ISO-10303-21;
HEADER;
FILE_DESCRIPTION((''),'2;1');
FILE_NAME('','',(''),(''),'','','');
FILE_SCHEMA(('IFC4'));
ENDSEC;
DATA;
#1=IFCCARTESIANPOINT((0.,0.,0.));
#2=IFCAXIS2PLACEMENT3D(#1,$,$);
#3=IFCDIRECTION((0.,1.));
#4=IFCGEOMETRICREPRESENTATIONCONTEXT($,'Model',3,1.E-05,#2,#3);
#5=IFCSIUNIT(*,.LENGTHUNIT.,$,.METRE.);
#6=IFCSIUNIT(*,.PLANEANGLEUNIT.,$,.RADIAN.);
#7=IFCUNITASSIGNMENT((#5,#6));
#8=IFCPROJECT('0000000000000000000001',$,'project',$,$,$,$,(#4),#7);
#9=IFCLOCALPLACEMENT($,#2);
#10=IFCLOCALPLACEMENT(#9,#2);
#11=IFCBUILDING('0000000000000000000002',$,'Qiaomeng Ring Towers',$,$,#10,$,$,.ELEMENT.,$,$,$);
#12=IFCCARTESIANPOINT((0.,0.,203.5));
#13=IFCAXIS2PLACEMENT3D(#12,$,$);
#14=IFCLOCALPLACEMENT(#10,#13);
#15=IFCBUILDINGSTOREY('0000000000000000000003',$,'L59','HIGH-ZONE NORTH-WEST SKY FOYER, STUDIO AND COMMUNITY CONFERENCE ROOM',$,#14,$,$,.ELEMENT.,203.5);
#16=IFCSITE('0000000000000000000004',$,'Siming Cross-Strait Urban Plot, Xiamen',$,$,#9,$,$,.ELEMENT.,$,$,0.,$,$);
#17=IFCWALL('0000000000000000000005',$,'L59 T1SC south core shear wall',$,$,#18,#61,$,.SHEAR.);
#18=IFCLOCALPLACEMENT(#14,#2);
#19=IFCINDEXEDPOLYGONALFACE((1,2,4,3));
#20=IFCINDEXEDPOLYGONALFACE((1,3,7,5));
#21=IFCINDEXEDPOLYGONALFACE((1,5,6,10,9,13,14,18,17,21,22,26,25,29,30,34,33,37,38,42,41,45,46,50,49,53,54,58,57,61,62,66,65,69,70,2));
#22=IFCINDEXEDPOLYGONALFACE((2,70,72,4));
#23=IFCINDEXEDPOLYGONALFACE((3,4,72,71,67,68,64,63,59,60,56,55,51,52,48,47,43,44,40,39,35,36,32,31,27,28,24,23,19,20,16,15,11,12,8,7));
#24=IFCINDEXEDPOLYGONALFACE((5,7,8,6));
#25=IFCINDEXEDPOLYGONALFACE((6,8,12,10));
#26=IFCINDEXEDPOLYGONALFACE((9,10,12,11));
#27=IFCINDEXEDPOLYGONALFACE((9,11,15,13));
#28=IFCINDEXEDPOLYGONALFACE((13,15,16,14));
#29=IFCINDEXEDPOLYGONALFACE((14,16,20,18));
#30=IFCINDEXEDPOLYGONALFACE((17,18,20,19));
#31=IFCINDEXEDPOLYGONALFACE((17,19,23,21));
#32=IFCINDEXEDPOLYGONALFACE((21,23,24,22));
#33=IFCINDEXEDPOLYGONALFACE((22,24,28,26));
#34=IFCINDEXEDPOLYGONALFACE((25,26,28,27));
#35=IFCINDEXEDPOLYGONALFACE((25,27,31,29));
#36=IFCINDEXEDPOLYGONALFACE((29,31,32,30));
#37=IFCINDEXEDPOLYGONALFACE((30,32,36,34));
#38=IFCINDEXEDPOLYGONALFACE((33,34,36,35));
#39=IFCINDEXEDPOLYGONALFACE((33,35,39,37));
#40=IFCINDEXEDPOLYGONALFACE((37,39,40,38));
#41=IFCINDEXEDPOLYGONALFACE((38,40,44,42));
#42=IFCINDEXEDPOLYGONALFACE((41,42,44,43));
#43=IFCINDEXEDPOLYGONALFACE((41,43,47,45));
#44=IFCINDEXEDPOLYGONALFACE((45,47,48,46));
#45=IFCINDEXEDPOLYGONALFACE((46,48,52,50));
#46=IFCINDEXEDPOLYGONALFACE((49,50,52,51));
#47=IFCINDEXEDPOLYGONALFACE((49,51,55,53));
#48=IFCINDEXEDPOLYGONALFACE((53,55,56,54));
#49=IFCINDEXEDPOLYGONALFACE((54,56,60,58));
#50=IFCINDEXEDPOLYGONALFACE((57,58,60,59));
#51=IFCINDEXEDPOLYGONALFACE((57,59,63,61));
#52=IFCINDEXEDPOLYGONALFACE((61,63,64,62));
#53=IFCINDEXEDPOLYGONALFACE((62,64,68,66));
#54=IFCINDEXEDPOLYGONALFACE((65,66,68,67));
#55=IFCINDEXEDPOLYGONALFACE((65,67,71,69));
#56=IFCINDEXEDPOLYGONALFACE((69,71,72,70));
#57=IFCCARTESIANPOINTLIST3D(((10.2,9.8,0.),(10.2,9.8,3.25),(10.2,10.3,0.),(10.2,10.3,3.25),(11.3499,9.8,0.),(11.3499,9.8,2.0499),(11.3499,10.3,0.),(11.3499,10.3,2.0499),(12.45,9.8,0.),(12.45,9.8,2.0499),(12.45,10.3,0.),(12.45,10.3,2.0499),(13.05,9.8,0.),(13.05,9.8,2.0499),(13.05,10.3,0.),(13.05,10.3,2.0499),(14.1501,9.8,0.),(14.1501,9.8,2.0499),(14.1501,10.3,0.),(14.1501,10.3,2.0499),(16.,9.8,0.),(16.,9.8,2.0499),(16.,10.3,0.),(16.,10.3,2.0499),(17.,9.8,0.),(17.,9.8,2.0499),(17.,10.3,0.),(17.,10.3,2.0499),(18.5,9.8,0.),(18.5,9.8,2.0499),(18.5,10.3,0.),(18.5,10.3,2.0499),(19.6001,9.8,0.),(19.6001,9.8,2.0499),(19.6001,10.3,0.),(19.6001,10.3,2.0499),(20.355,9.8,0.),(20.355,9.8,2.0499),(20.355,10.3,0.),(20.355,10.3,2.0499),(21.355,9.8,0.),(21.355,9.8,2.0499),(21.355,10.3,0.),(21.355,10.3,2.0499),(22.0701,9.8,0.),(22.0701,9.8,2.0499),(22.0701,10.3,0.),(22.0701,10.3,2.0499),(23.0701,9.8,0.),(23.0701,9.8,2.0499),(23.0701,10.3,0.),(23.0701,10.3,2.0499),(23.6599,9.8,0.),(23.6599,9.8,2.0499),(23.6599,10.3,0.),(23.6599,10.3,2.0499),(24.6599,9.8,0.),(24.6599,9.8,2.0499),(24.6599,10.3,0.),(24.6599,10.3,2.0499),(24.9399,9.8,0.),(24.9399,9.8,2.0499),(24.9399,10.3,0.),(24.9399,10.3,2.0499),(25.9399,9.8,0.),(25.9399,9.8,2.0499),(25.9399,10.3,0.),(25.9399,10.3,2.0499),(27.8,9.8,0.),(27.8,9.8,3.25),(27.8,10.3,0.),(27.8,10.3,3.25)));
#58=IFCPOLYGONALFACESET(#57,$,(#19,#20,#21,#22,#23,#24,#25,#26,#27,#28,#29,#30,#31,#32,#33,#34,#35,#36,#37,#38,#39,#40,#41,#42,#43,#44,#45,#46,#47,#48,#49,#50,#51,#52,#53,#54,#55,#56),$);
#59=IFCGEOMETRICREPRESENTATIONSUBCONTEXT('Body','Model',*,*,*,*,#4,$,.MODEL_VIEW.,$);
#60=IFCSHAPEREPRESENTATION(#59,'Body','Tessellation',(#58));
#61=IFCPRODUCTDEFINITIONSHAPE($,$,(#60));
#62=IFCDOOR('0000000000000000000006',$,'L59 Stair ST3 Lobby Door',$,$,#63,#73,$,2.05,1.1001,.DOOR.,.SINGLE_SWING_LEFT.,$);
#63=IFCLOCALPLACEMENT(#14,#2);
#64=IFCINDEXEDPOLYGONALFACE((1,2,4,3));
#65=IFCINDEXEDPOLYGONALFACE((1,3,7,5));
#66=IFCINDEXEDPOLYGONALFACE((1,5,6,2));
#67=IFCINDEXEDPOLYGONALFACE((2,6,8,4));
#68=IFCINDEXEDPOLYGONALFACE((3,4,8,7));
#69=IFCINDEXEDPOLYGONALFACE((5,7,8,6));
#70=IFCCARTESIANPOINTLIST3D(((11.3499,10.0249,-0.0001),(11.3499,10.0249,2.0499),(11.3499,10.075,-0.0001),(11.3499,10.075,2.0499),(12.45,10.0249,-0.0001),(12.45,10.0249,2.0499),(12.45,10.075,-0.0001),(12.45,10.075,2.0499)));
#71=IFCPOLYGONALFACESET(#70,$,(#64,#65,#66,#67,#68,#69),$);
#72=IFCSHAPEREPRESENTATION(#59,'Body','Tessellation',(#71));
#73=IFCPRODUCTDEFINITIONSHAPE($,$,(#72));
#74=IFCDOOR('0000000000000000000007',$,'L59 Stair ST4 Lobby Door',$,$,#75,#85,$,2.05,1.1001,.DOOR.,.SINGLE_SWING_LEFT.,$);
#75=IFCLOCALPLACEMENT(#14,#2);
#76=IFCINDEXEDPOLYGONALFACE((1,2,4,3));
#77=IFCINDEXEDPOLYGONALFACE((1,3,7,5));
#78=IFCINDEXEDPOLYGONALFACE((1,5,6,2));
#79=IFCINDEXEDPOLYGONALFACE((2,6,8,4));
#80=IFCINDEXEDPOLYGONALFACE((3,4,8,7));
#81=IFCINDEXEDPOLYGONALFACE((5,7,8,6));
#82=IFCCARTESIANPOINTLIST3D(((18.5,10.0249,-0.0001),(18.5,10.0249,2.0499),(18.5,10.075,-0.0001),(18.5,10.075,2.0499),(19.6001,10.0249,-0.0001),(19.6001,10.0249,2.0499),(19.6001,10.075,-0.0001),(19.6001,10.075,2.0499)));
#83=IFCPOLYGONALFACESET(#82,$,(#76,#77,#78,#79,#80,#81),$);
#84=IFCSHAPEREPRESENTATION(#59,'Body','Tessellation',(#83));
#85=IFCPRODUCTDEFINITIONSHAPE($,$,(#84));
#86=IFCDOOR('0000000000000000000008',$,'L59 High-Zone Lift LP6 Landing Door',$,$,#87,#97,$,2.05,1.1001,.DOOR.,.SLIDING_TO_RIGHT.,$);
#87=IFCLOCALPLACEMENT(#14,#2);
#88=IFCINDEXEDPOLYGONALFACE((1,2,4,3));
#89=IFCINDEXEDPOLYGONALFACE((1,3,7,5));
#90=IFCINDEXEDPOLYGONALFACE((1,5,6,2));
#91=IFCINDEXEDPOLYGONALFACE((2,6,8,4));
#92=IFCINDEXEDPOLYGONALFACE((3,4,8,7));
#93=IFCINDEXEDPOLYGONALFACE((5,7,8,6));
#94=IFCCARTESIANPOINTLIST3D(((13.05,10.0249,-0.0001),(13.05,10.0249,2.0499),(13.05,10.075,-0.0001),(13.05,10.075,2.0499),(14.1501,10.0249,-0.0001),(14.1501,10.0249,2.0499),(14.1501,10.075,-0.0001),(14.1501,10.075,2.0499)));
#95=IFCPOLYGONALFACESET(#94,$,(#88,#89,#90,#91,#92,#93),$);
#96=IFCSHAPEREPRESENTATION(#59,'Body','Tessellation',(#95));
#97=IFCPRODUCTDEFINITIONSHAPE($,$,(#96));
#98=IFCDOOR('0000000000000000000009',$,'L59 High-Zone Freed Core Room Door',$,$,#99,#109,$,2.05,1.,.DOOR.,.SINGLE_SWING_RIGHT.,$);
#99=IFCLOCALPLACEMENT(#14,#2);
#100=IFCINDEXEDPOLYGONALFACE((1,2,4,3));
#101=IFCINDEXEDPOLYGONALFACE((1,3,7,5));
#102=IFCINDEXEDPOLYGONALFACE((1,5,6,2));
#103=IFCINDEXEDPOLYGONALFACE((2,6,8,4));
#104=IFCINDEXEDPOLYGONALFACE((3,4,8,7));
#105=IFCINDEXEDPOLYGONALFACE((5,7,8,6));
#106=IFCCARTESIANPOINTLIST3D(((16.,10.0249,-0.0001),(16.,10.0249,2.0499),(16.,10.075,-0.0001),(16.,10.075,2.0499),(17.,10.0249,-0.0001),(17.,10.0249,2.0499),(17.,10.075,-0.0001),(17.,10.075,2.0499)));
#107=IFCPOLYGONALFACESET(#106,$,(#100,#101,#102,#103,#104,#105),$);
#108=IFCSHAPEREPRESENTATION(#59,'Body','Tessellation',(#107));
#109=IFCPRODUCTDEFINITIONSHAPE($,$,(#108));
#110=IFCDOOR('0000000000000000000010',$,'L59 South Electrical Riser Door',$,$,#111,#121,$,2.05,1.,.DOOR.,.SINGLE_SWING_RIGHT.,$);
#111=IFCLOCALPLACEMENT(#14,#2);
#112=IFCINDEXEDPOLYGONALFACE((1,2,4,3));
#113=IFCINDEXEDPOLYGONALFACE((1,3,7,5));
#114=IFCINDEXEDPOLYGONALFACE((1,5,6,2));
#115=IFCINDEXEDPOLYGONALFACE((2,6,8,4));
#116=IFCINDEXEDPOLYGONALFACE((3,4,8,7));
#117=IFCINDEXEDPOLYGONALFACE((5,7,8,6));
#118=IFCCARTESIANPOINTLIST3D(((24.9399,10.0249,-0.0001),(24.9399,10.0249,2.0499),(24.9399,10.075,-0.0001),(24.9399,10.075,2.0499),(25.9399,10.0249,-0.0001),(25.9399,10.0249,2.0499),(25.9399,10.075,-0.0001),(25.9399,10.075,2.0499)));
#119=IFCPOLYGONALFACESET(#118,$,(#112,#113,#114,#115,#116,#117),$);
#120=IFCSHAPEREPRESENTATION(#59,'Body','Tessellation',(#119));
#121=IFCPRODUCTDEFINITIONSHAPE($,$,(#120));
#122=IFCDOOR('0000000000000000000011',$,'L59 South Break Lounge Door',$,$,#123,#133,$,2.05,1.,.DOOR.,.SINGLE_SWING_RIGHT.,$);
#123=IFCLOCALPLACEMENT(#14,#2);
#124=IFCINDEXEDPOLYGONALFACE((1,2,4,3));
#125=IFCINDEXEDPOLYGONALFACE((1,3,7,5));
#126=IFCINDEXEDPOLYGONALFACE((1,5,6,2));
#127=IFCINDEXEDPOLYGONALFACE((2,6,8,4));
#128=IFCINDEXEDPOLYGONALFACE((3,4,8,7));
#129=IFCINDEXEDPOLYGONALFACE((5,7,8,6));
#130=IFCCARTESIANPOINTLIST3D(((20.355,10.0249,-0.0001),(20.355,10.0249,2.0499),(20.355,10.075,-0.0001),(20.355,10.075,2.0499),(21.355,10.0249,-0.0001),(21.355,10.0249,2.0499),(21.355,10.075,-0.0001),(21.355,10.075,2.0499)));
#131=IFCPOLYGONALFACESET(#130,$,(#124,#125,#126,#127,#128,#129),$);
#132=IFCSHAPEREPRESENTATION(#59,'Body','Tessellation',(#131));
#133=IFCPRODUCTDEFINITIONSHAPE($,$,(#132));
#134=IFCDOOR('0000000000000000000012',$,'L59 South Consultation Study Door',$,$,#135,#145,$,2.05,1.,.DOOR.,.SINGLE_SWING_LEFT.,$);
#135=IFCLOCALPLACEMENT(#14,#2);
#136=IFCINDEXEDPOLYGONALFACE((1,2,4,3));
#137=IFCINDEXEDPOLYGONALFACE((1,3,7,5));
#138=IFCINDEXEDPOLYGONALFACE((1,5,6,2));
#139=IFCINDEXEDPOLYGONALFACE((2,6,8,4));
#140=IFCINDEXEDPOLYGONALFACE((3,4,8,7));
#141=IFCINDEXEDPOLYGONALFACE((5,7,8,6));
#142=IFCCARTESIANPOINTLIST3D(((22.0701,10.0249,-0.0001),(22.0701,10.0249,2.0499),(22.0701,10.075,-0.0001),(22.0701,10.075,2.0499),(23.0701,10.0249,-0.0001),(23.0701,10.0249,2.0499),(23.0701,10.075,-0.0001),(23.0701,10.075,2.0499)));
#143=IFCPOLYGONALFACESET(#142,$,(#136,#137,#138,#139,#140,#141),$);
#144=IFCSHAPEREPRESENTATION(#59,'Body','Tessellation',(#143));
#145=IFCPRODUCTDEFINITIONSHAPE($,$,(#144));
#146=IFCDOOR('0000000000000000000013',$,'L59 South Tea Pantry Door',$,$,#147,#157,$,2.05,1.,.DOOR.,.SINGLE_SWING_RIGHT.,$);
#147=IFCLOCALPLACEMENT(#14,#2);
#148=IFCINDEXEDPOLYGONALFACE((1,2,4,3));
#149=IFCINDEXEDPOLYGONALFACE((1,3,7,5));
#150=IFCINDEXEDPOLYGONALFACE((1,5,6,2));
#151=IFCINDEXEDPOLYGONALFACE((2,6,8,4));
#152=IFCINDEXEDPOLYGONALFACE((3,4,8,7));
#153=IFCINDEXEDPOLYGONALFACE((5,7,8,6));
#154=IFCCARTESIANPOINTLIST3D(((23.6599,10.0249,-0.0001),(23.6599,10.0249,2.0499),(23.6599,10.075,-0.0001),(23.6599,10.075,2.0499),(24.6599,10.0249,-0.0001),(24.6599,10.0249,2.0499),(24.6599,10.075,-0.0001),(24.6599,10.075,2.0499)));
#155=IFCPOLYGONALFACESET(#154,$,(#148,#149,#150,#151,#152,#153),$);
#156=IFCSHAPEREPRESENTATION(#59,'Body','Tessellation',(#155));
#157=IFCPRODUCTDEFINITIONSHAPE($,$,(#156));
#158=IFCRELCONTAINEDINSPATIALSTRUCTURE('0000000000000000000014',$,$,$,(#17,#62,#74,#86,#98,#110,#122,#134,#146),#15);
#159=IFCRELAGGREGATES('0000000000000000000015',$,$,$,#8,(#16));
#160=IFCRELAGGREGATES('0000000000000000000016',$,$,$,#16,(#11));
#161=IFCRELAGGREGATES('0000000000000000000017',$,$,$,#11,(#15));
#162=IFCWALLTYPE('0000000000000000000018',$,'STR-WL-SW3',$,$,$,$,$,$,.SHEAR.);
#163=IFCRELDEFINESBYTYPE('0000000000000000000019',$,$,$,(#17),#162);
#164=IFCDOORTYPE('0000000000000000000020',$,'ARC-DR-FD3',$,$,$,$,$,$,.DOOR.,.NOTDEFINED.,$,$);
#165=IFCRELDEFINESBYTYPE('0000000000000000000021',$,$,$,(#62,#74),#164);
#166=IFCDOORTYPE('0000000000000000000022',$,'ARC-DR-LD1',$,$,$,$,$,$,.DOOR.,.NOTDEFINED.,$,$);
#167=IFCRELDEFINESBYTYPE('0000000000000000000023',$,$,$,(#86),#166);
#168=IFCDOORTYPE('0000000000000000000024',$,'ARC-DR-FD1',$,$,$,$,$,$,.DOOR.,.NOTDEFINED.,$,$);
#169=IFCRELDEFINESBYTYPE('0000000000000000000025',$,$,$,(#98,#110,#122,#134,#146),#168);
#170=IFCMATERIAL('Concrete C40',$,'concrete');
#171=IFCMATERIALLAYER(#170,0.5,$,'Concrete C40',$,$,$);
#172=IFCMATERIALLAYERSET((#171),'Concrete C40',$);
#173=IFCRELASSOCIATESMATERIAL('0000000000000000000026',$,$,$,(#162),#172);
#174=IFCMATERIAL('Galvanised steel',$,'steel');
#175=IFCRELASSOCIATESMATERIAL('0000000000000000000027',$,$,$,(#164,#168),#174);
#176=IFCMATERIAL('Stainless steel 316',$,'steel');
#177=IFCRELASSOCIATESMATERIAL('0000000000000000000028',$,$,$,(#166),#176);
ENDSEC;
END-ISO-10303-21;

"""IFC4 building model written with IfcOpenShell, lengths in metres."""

from ifc_helpers import new_model, si_unit, direction, frame, frame_2d, origin, place, context, subcontext, project, spatial, rectangle, extrude, source, transform, mapped, material, layer, layer_set, type_object, element, fill, save


model = new_model("IFC4")

# Units and contexts
model_context = context("Model", 3, precision=1e-05, world=origin(), true_north=direction((0.0, 1.0)))
body_context = subcontext(model_context, "Body", "Model", "MODEL_VIEW")
ifc_project = project(units=[si_unit("LENGTHUNIT", "METRE"), si_unit("PLANEANGLEUNIT", "RADIAN")], contexts=[model_context])

# Site, building, storey
site_placement = place(None, origin())
site = spatial("IfcSite", under=ifc_project, at=site_placement, Name="Siming Cross-Strait Urban Plot, Xiamen", CompositionType="ELEMENT", RefElevation=0.0)
building_placement = place(site_placement, origin())
building = spatial("IfcBuilding", under=site, at=building_placement, Name="Qiaomeng Ring Towers", CompositionType="ELEMENT")
storey_placement = place(building_placement, frame((0.0, 0.0, 203.5)))
storey = spatial("IfcBuildingStorey", under=building, at=storey_placement, Name="L59", Description="HIGH-ZONE NORTH-WEST SKY FOYER, STUDIO AND COMMUNITY CONFERENCE ROOM", CompositionType="ELEMENT", Elevation=203.5)

# Shared definitions
shared_shape_1 = source(origin(), body_context, "Body", "SweptSolid", [
    extrude(rectangle(XDim=1.0, YDim=2.05, at=frame_2d((0.5, 1.0249))), frame((0.0, 0.0249, 0.0), z_axis=(0.0, -1.0, 0.0), x_axis=(1.0, 0.0, 0.0)), (0.0, 0.0, 1.0), 0.05),
])

# Shared definitions
ifc_material_1 = material(Name="Concrete C40", Category="concrete")

# Wall, openings, doors
ifc_layer_1 = layer(ifc_material_1, 0.5, Name="Concrete C40")
ifc_layer_set_1 = layer_set([ifc_layer_1], Name="Concrete C40")
wall_type_1 = type_object("IfcWallType", Name="STR-WL-SW3", PredefinedType="SHEAR", material=ifc_layer_set_1)
wall_1_placement = place(storey_placement, frame((10.2, 10.05, 0.0), z_axis=(0.0, 0.0, 1.0), x_axis=(1.0, 0.0, 0.0)))
wall_1 = element("IfcWall", 1, at=wall_1_placement, inside=storey, type_object=wall_type_1, Name="L59 T1SC south core shear wall", PredefinedType="SHEAR", context=body_context, shape_type="SweptSolid", body=[
    extrude(rectangle(XDim=17.6001, YDim=0.5, at=frame_2d((8.8, 0.0))), origin(), (0.0, 0.0, 1.0), 3.25),
])
opening_1_placement = place(wall_1_placement, frame((1.1499, 0.0, 0.0)))
opening_1 = element("IfcOpeningElement", 2, at=opening_1_placement, cuts=wall_1, PredefinedType="OPENING", context=body_context, shape_type="SweptSolid", body=[
    extrude(rectangle(XDim=1.1001, YDim=2.05, at=frame_2d((0.55, 1.0249))), frame((0.0, 0.26, 0.0), z_axis=(0.0, -1.0, 0.0), x_axis=(1.0, 0.0, 0.0)), (0.0, 0.0, 1.0), 0.52),
])
opening_2_placement = place(wall_1_placement, frame((8.3, 0.0, 0.0)))
opening_2 = element("IfcOpeningElement", 3, at=opening_2_placement, cuts=wall_1, PredefinedType="OPENING", context=body_context, shape_type="SweptSolid", body=[
    extrude(rectangle(XDim=1.1001, YDim=2.05, at=frame_2d((0.55, 1.0249))), frame((0.0, 0.26, 0.0), z_axis=(0.0, -1.0, 0.0), x_axis=(1.0, 0.0, 0.0)), (0.0, 0.0, 1.0), 0.52),
])
opening_3_placement = place(wall_1_placement, frame((2.8501, 0.0, 0.0)))
opening_3 = element("IfcOpeningElement", 4, at=opening_3_placement, cuts=wall_1, PredefinedType="OPENING", context=body_context, shape_type="SweptSolid", body=[
    extrude(rectangle(XDim=1.1001, YDim=2.05, at=frame_2d((0.55, 1.0249))), frame((0.0, 0.26, 0.0), z_axis=(0.0, -1.0, 0.0), x_axis=(1.0, 0.0, 0.0)), (0.0, 0.0, 1.0), 0.52),
])
opening_4_placement = place(wall_1_placement, frame((5.8, 0.0, 0.0)))
opening_4 = element("IfcOpeningElement", 5, at=opening_4_placement, cuts=wall_1, PredefinedType="OPENING", context=body_context, shape_type="SweptSolid", body=[
    extrude(rectangle(XDim=1.0, YDim=2.05, at=frame_2d((0.5, 1.0249))), frame((0.0, 0.26, 0.0), z_axis=(0.0, -1.0, 0.0), x_axis=(1.0, 0.0, 0.0)), (0.0, 0.0, 1.0), 0.52),
])
opening_5_placement = place(wall_1_placement, frame((14.74, 0.0, 0.0)))
opening_5 = element("IfcOpeningElement", 6, at=opening_5_placement, cuts=wall_1, PredefinedType="OPENING", context=body_context, shape_type="SweptSolid", body=[
    extrude(rectangle(XDim=1.0, YDim=2.05, at=frame_2d((0.5, 1.0249))), frame((0.0, 0.26, 0.0), z_axis=(0.0, -1.0, 0.0), x_axis=(1.0, 0.0, 0.0)), (0.0, 0.0, 1.0), 0.52),
])
opening_6_placement = place(wall_1_placement, frame((10.155, 0.0, 0.0)))
opening_6 = element("IfcOpeningElement", 7, at=opening_6_placement, cuts=wall_1, PredefinedType="OPENING", context=body_context, shape_type="SweptSolid", body=[
    extrude(rectangle(XDim=1.0, YDim=2.05, at=frame_2d((0.5, 1.0249))), frame((0.0, 0.26, 0.0), z_axis=(0.0, -1.0, 0.0), x_axis=(1.0, 0.0, 0.0)), (0.0, 0.0, 1.0), 0.52),
])
opening_7_placement = place(wall_1_placement, frame((11.8701, 0.0, 0.0)))
opening_7 = element("IfcOpeningElement", 8, at=opening_7_placement, cuts=wall_1, PredefinedType="OPENING", context=body_context, shape_type="SweptSolid", body=[
    extrude(rectangle(XDim=1.0, YDim=2.05, at=frame_2d((0.5, 1.0249))), frame((0.0, 0.26, 0.0), z_axis=(0.0, -1.0, 0.0), x_axis=(1.0, 0.0, 0.0)), (0.0, 0.0, 1.0), 0.52),
])
opening_8_placement = place(wall_1_placement, frame((13.46, 0.0, 0.0)))
opening_8 = element("IfcOpeningElement", 9, at=opening_8_placement, cuts=wall_1, PredefinedType="OPENING", context=body_context, shape_type="SweptSolid", body=[
    extrude(rectangle(XDim=1.0, YDim=2.05, at=frame_2d((0.5, 1.0249))), frame((0.0, 0.26, 0.0), z_axis=(0.0, -1.0, 0.0), x_axis=(1.0, 0.0, 0.0)), (0.0, 0.0, 1.0), 0.52),
])
ifc_material_2 = material(Name="Galvanised steel", Category="steel")
door_type_1 = type_object("IfcDoorType", Name="ARC-DR-FD3", OperationType="NOTDEFINED", PredefinedType="DOOR", material=ifc_material_2)
shared_shape_2 = source(origin(), body_context, "Body", "SweptSolid", [
    extrude(rectangle(XDim=1.1001, YDim=2.05, at=frame_2d((0.55, 1.0249))), frame((0.0, 0.0249, 0.0), z_axis=(0.0, -1.0, 0.0), x_axis=(1.0, 0.0, 0.0)), (0.0, 0.0, 1.0), 0.05),
])
door_1_placement = place(opening_1_placement, origin())
door_1 = element("IfcDoor", 10, at=door_1_placement, inside=storey, type_object=door_type_1, Name="L59 Stair ST3 Lobby Door", OperationType="SINGLE_SWING_LEFT", OverallHeight=2.05, OverallWidth=1.1001, PredefinedType="DOOR", context=body_context, shape_type="MappedRepresentation", body=[
    mapped(shared_shape_2, transform((0.0, 0.0, 0.0), x_axis=(1.0, 0.0, 0.0), y_axis=(0.0, 1.0, 0.0), z_axis=(0.0, 0.0, 1.0), scale=1.0)),
])
fill(opening_1, door_1)
door_2_placement = place(opening_2_placement, origin())
door_2 = element("IfcDoor", 11, at=door_2_placement, inside=storey, type_object=door_type_1, Name="L59 Stair ST4 Lobby Door", OperationType="SINGLE_SWING_LEFT", OverallHeight=2.05, OverallWidth=1.1001, PredefinedType="DOOR", context=body_context, shape_type="MappedRepresentation", body=[
    mapped(shared_shape_2, transform((0.0, 0.0, 0.0), x_axis=(1.0, 0.0, 0.0), y_axis=(0.0, 1.0, 0.0), z_axis=(0.0, 0.0, 1.0), scale=1.0)),
])
fill(opening_2, door_2)
ifc_material_3 = material(Name="Stainless steel 316", Category="steel")
door_type_2 = type_object("IfcDoorType", Name="ARC-DR-LD1", OperationType="NOTDEFINED", PredefinedType="DOOR", material=ifc_material_3)
door_3_placement = place(opening_3_placement, origin())
door_3 = element("IfcDoor", 12, at=door_3_placement, inside=storey, type_object=door_type_2, Name="L59 High-Zone Lift LP6 Landing Door", OperationType="SLIDING_TO_RIGHT", OverallHeight=2.05, OverallWidth=1.1001, PredefinedType="DOOR", context=body_context, shape_type="MappedRepresentation", body=[
    mapped(shared_shape_2, transform((0.0, 0.0, 0.0), x_axis=(1.0, 0.0, 0.0), y_axis=(0.0, 1.0, 0.0), z_axis=(0.0, 0.0, 1.0), scale=1.0)),
])
fill(opening_3, door_3)
door_type_3 = type_object("IfcDoorType", Name="ARC-DR-FD1", OperationType="NOTDEFINED", PredefinedType="DOOR", material=ifc_material_2)
door_4_placement = place(opening_4_placement, origin())
door_4 = element("IfcDoor", 13, at=door_4_placement, inside=storey, type_object=door_type_3, Name="L59 High-Zone Freed Core Room Door", OperationType="SINGLE_SWING_RIGHT", OverallHeight=2.05, OverallWidth=1.0, PredefinedType="DOOR", context=body_context, shape_type="MappedRepresentation", body=[
    mapped(shared_shape_1, transform((0.0, 0.0, 0.0), x_axis=(1.0, 0.0, 0.0), y_axis=(0.0, 1.0, 0.0), z_axis=(0.0, 0.0, 1.0), scale=1.0)),
])
fill(opening_4, door_4)
door_5_placement = place(opening_5_placement, origin())
door_5 = element("IfcDoor", 14, at=door_5_placement, inside=storey, type_object=door_type_3, Name="L59 South Electrical Riser Door", OperationType="SINGLE_SWING_RIGHT", OverallHeight=2.05, OverallWidth=1.0, PredefinedType="DOOR", context=body_context, shape_type="MappedRepresentation", body=[
    mapped(shared_shape_1, transform((0.0, 0.0, 0.0), x_axis=(1.0, 0.0, 0.0), y_axis=(0.0, 1.0, 0.0), z_axis=(0.0, 0.0, 1.0), scale=1.0)),
])
fill(opening_5, door_5)
door_6_placement = place(opening_6_placement, origin())
door_6 = element("IfcDoor", 15, at=door_6_placement, inside=storey, type_object=door_type_3, Name="L59 South Break Lounge Door", OperationType="SINGLE_SWING_RIGHT", OverallHeight=2.05, OverallWidth=1.0, PredefinedType="DOOR", context=body_context, shape_type="MappedRepresentation", body=[
    mapped(shared_shape_1, transform((0.0, 0.0, 0.0), x_axis=(1.0, 0.0, 0.0), y_axis=(0.0, 1.0, 0.0), z_axis=(0.0, 0.0, 1.0), scale=1.0)),
])
fill(opening_6, door_6)
door_7_placement = place(opening_7_placement, origin())
door_7 = element("IfcDoor", 16, at=door_7_placement, inside=storey, type_object=door_type_3, Name="L59 South Consultation Study Door", OperationType="SINGLE_SWING_LEFT", OverallHeight=2.05, OverallWidth=1.0, PredefinedType="DOOR", context=body_context, shape_type="MappedRepresentation", body=[
    mapped(shared_shape_1, transform((0.0, 0.0, 0.0), x_axis=(1.0, 0.0, 0.0), y_axis=(0.0, 1.0, 0.0), z_axis=(0.0, 0.0, 1.0), scale=1.0)),
])
fill(opening_7, door_7)
door_8_placement = place(opening_8_placement, origin())
door_8 = element("IfcDoor", 17, at=door_8_placement, inside=storey, type_object=door_type_3, Name="L59 South Tea Pantry Door", OperationType="SINGLE_SWING_RIGHT", OverallHeight=2.05, OverallWidth=1.0, PredefinedType="DOOR", context=body_context, shape_type="MappedRepresentation", body=[
    mapped(shared_shape_1, transform((0.0, 0.0, 0.0), x_axis=(1.0, 0.0, 0.0), y_axis=(0.0, 1.0, 0.0), z_axis=(0.0, 0.0, 1.0), scale=1.0)),
])
fill(opening_8, door_8)

save(model, "model.ifc")
